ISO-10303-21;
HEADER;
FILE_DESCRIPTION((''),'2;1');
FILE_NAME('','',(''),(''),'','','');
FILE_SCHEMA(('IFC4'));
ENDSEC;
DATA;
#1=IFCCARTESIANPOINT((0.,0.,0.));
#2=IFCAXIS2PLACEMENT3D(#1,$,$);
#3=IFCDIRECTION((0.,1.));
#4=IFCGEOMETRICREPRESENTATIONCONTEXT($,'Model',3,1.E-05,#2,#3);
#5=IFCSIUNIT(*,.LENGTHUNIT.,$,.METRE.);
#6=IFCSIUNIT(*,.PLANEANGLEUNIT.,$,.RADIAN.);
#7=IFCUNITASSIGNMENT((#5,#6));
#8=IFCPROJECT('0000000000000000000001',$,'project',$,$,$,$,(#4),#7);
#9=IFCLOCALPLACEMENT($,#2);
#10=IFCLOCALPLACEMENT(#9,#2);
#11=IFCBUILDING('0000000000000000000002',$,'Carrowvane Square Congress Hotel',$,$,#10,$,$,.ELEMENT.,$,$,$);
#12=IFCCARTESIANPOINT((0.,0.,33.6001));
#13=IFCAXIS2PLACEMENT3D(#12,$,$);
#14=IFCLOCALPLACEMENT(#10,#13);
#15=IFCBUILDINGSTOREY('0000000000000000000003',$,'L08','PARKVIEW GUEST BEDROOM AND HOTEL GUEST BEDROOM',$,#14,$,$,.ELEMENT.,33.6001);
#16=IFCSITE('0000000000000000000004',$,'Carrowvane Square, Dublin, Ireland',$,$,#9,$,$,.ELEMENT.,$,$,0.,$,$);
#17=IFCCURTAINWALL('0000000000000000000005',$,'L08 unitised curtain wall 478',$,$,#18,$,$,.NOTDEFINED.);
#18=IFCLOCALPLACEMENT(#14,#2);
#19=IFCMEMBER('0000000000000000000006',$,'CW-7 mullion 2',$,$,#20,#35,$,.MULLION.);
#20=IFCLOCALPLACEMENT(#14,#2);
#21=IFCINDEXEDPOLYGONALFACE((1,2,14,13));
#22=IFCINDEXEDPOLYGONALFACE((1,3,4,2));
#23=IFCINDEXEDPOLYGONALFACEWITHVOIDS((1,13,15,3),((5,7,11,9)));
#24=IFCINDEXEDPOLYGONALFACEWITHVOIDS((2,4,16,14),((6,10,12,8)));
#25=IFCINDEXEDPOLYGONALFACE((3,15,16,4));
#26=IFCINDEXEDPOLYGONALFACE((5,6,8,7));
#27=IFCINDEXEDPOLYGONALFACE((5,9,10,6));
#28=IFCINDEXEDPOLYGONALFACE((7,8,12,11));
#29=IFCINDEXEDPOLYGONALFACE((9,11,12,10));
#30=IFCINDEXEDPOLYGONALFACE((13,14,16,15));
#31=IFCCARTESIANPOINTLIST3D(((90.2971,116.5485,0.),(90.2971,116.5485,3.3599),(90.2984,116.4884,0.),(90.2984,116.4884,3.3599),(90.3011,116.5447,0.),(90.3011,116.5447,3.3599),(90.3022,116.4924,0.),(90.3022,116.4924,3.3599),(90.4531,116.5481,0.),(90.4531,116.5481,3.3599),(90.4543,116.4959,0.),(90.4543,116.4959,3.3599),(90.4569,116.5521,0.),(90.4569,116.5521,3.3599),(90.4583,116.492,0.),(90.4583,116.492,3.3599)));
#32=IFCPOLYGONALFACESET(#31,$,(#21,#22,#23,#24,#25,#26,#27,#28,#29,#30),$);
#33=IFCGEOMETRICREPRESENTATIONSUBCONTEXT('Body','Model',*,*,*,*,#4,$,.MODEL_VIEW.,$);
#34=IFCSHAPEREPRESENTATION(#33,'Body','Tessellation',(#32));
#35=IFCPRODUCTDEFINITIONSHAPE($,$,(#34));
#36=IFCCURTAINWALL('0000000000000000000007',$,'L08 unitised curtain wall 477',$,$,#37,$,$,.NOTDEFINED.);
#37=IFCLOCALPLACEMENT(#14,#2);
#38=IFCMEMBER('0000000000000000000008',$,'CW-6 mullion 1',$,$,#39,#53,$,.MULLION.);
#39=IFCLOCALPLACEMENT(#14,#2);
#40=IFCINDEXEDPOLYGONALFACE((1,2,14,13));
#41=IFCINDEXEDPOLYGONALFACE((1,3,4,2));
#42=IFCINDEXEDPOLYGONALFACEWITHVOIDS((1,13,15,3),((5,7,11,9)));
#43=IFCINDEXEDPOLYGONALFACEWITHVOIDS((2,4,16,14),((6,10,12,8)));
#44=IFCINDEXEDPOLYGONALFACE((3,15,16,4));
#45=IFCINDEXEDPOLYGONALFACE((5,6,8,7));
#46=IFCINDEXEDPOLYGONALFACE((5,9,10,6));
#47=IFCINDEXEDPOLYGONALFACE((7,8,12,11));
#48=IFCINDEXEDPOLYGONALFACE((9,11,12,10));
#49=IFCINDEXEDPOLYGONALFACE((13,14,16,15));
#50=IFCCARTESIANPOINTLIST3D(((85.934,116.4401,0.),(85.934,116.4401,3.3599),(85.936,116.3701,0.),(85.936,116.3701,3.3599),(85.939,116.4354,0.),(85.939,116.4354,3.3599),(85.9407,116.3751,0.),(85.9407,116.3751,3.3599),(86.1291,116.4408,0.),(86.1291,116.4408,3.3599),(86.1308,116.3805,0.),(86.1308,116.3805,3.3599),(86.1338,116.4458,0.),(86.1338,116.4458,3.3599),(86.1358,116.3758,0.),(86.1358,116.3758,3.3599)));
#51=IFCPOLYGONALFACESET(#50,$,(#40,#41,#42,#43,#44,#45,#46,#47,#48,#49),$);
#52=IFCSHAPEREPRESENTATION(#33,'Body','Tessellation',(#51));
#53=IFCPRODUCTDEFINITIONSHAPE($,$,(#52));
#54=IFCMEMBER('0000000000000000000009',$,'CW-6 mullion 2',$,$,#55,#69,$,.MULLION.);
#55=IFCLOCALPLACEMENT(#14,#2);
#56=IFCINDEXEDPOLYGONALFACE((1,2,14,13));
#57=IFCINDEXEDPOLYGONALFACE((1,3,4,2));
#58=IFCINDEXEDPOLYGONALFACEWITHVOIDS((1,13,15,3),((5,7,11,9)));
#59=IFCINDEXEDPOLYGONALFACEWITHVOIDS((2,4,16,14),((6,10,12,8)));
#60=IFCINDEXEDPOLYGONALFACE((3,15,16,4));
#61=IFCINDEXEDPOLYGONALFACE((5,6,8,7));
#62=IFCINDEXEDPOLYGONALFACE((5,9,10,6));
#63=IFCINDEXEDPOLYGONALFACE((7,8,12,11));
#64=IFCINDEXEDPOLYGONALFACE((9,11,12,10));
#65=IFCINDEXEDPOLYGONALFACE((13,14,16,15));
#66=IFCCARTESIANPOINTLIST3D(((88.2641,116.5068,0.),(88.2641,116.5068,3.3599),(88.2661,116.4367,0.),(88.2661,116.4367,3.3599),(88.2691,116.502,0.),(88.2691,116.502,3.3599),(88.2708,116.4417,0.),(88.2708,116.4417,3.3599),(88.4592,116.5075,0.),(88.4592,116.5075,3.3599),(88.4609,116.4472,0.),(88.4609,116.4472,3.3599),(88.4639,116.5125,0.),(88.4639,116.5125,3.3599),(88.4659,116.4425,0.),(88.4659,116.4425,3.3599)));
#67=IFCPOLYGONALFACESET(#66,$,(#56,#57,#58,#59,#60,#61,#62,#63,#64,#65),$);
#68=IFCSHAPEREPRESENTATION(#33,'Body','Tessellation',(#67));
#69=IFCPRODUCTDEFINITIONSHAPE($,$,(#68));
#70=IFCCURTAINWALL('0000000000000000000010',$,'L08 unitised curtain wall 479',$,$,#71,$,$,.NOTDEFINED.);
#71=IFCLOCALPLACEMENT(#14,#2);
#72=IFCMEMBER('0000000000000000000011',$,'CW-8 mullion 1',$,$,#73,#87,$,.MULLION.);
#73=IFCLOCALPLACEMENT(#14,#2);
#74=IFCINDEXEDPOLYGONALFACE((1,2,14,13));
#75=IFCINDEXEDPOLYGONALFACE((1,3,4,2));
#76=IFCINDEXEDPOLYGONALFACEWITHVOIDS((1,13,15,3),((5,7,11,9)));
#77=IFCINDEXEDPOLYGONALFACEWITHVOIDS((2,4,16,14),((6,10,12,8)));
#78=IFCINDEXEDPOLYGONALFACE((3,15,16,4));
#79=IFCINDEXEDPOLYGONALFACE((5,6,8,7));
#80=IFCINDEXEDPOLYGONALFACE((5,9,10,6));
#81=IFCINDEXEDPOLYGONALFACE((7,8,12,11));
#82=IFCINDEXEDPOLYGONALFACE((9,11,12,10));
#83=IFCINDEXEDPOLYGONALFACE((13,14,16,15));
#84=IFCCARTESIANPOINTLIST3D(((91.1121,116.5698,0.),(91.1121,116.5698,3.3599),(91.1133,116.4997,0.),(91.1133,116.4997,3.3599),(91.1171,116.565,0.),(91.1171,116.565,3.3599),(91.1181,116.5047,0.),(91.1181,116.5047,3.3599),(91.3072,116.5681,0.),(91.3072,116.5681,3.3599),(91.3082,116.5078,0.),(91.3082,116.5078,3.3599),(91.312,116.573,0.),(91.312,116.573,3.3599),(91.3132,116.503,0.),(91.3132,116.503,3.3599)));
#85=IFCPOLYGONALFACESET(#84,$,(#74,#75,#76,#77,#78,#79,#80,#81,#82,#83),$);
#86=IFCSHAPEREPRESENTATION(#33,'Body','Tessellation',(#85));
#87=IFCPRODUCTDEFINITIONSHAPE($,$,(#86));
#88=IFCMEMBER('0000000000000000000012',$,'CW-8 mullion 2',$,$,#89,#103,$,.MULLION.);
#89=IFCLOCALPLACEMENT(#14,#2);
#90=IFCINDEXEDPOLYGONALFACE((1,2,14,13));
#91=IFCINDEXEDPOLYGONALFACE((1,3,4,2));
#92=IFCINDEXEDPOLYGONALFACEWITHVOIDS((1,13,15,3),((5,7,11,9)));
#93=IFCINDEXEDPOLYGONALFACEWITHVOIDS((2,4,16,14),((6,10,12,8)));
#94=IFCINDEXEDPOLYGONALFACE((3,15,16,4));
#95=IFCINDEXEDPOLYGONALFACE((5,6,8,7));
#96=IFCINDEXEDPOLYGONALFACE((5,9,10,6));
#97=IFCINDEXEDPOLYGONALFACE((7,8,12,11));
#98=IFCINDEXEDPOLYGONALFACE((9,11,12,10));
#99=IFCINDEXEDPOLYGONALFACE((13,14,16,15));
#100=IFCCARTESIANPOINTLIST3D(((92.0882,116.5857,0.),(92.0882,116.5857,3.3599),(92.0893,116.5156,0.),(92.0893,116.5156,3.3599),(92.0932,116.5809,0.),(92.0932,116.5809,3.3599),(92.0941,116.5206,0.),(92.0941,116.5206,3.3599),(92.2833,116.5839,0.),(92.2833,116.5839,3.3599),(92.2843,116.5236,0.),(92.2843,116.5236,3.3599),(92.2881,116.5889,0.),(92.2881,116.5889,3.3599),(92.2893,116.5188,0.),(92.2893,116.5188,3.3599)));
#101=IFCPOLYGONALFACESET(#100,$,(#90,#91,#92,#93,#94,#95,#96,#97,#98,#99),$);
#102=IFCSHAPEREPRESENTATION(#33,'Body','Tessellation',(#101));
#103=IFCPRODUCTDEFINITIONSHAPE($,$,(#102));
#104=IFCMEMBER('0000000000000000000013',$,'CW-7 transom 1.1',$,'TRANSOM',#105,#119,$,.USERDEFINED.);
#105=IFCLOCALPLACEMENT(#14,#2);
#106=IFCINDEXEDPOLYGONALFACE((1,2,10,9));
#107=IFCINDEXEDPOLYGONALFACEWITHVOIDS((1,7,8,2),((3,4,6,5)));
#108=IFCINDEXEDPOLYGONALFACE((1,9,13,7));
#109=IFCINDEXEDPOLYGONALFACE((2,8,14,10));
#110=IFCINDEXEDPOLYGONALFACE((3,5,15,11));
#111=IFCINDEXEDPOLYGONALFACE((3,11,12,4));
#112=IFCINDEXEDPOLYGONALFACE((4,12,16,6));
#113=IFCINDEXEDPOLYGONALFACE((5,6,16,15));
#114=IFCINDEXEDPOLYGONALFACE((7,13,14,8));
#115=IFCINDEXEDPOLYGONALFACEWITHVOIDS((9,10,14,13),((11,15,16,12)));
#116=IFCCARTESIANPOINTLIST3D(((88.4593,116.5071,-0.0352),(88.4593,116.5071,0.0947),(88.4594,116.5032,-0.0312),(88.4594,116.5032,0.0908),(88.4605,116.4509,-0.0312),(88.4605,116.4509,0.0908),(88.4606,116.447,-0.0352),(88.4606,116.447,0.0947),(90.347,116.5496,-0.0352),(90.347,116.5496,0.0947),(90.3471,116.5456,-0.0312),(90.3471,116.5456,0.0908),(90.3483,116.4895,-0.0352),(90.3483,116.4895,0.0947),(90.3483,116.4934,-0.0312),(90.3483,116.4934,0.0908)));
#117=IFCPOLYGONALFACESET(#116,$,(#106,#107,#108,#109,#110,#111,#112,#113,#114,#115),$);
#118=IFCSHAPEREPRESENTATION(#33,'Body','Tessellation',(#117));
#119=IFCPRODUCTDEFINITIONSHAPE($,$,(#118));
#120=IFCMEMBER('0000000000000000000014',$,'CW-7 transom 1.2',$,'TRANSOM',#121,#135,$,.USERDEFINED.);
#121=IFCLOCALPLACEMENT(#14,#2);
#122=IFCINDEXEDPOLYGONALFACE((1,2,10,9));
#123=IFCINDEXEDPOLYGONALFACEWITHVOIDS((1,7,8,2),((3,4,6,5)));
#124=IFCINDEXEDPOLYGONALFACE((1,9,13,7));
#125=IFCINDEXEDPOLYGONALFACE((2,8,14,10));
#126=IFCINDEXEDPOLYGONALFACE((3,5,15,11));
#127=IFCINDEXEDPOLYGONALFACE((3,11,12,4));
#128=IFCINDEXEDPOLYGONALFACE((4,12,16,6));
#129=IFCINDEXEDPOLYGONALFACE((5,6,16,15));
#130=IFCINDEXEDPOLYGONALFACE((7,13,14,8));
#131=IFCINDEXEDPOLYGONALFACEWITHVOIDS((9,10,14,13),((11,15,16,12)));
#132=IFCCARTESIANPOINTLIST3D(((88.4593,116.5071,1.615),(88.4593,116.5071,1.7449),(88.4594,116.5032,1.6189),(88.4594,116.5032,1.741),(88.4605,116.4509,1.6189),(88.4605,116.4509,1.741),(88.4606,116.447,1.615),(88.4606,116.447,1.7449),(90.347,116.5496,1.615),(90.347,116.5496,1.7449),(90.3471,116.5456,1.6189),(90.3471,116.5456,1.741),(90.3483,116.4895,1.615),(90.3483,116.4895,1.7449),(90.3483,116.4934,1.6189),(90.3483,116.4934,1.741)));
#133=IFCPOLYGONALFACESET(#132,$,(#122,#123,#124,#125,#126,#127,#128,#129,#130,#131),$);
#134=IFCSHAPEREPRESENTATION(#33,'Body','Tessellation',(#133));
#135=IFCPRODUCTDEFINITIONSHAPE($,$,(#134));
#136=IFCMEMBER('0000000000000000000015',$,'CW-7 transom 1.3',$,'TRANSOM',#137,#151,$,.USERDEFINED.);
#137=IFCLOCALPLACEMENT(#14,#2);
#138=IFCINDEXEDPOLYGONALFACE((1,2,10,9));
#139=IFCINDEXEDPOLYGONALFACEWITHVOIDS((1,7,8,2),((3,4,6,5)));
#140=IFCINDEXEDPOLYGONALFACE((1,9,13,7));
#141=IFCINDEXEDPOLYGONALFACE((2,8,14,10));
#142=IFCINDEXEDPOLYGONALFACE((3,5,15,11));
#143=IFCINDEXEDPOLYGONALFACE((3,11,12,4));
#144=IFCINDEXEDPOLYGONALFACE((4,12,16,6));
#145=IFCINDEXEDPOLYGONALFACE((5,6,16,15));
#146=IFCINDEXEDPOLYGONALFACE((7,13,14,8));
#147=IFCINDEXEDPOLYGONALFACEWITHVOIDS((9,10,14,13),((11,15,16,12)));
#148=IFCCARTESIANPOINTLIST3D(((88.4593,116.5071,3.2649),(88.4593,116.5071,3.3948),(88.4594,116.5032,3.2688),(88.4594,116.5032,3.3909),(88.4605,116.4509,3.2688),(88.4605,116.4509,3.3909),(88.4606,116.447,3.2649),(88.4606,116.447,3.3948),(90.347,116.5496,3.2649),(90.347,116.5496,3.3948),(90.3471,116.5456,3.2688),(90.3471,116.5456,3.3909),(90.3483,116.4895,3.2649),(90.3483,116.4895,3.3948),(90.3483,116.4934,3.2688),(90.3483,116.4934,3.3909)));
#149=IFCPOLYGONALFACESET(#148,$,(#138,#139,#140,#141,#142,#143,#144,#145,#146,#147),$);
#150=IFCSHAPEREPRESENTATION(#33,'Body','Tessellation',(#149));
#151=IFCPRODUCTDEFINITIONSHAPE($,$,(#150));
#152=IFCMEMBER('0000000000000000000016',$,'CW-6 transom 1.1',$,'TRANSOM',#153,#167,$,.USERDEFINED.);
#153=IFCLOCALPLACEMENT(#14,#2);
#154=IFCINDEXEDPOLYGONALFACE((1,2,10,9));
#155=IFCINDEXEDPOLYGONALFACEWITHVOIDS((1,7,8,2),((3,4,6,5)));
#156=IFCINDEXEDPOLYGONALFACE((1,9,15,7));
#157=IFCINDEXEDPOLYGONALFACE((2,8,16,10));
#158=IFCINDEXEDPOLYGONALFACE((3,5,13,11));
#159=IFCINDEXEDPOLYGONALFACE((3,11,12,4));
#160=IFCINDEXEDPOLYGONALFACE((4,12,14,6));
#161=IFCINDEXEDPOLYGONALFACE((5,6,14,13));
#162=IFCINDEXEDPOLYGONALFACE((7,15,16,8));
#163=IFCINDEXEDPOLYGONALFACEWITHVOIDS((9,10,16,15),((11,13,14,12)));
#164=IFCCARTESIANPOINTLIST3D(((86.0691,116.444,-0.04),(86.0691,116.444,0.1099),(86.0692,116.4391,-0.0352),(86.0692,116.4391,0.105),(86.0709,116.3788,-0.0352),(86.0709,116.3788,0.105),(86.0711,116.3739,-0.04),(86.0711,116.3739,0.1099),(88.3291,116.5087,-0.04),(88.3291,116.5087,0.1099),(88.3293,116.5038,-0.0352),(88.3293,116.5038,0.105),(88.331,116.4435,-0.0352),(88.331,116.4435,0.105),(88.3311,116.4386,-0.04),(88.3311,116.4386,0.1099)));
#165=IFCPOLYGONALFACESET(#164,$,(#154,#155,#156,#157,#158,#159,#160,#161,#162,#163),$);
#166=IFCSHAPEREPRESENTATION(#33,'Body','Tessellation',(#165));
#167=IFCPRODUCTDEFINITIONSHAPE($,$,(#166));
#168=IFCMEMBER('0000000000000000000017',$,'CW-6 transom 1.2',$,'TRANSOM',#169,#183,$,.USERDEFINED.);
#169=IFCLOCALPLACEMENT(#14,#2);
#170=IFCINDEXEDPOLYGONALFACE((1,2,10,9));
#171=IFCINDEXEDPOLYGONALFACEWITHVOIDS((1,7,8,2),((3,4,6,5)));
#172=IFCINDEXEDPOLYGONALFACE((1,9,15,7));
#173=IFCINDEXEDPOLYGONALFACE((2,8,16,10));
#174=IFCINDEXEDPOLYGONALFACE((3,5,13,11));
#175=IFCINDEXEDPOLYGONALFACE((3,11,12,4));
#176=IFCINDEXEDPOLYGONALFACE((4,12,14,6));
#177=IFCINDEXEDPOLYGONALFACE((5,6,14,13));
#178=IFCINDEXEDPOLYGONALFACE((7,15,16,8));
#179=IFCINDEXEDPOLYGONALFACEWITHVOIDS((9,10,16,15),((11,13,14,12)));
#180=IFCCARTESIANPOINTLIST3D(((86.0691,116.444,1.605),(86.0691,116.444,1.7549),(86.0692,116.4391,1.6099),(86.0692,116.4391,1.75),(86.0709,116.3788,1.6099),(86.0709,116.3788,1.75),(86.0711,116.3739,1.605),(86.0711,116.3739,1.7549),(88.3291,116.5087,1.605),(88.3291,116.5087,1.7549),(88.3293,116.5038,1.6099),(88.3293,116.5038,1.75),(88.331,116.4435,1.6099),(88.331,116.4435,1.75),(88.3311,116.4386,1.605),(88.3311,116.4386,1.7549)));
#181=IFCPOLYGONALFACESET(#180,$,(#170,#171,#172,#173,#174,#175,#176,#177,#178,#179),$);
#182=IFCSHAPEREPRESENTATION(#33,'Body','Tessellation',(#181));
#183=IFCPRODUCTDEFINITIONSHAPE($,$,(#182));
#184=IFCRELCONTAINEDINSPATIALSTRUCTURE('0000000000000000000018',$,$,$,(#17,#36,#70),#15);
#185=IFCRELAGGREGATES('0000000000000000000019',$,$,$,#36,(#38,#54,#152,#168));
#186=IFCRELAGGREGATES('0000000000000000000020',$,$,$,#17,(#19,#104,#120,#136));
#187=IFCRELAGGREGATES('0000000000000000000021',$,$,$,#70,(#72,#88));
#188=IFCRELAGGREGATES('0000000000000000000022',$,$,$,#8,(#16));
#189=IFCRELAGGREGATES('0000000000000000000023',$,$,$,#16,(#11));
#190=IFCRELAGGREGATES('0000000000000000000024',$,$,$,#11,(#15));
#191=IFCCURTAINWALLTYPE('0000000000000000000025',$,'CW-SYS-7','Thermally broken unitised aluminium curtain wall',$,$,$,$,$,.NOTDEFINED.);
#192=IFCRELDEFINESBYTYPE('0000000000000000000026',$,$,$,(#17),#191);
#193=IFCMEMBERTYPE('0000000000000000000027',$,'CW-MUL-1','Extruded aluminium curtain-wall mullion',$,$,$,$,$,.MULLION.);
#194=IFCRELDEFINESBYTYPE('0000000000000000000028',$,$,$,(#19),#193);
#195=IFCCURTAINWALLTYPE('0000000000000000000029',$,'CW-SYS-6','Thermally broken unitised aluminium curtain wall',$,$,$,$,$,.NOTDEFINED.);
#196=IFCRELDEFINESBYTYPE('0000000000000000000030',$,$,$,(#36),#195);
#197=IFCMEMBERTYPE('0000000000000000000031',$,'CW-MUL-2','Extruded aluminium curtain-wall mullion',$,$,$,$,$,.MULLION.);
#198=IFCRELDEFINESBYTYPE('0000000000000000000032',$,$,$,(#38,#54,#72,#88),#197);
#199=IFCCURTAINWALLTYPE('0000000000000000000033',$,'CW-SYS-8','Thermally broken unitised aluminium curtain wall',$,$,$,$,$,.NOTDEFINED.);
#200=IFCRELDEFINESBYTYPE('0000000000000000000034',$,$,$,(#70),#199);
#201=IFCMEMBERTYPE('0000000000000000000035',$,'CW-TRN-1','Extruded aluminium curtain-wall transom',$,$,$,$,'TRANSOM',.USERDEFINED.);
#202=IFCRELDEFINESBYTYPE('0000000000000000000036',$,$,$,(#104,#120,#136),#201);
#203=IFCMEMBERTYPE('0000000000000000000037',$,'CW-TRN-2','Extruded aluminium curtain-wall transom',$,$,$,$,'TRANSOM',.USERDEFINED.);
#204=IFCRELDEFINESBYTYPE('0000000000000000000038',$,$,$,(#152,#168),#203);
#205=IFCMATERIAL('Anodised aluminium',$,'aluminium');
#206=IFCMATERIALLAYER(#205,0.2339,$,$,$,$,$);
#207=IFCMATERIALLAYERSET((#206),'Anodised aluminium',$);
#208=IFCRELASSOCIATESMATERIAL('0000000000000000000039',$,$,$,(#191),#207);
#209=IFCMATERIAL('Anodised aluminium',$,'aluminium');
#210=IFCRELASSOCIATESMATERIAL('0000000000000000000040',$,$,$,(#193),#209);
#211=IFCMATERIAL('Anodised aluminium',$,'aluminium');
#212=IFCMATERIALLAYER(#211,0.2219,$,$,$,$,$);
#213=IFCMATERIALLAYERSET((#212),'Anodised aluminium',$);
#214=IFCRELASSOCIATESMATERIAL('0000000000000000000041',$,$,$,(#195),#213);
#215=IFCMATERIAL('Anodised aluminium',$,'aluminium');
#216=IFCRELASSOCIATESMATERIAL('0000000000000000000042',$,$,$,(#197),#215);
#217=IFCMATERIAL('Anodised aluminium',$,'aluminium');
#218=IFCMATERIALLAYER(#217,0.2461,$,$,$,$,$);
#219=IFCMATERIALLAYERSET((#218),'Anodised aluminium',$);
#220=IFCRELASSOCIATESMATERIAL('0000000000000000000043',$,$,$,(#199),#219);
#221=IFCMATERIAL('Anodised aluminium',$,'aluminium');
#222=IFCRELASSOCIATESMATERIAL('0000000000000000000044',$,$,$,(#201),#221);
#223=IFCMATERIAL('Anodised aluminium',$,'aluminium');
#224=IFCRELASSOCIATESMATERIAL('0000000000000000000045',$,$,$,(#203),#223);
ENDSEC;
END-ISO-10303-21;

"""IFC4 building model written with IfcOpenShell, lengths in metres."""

from ifc_helpers import new_model, si_unit, direction, frame, origin, origin_2d, place, context, subcontext, project, spatial, hollow_rectangle, extrude, material, layer, layer_set, material_profile, profile_set, type_object, element, aggregate, save


model = new_model("IFC4")

# Units and contexts
model_context = context("Model", 3, precision=1e-05, world=origin(), true_north=direction((0.0, 1.0)))
body_context = subcontext(model_context, "Body", "Model", "MODEL_VIEW")
ifc_project = project(units=[si_unit("LENGTHUNIT", "METRE"), si_unit("PLANEANGLEUNIT", "RADIAN")], contexts=[model_context])

# Site, building, storey
site_placement = place(None, origin())
site = spatial("IfcSite", under=ifc_project, at=site_placement, Name="Carrowvane Square, Dublin, Ireland", CompositionType="ELEMENT", RefElevation=0.0)
building_placement = place(site_placement, origin())
building = spatial("IfcBuilding", under=site, at=building_placement, Name="Carrowvane Square Congress Hotel", CompositionType="ELEMENT")
storey_placement = place(building_placement, frame((0.0, 0.0, 33.6001)))
storey = spatial("IfcBuildingStorey", under=building, at=storey_placement, Name="L08", Description="PARKVIEW GUEST BEDROOM AND HOTEL GUEST BEDROOM", CompositionType="ELEMENT", Elevation=33.6001)

# Curtain walls, members
ifc_material_1 = material(Name="Anodised aluminium", Category="aluminium")
ifc_layer_1 = layer(ifc_material_1, 0.2339)
ifc_layer_set_1 = layer_set([ifc_layer_1], Name="Anodised aluminium")
curtain_wall_type_1 = type_object("IfcCurtainWallType", Name="CW-SYS-7", Description="Thermally broken unitised aluminium curtain wall", PredefinedType="NOTDEFINED", material=ifc_layer_set_1)
curtain_wall_1_placement = place(storey_placement, origin())
curtain_wall_1 = element("IfcCurtainWall", 1, at=curtain_wall_1_placement, inside=storey, type_object=curtain_wall_type_1, Name="L08 unitised curtain wall 478", PredefinedType="NOTDEFINED")
ifc_material_2 = material(Name="Anodised aluminium", Category="aluminium")
ifc_material_profile_1 = material_profile(ifc_material_2, hollow_rectangle(XDim=0.0601, YDim=0.1599, WallThickness=0.0039, at=origin_2d()), Name="CW-ML 60x160x4")
ifc_profile_set_1 = profile_set([ifc_material_profile_1], Name="Anodised aluminium")
member_type_1 = type_object("IfcMemberType", Name="CW-MUL-1", Description="Extruded aluminium curtain-wall mullion", PredefinedType="MULLION", material=ifc_profile_set_1)
member_1_placement = place(storey_placement, frame((90.3777, 116.5203, 0.0), z_axis=(0.0, 0.0, 1.0), x_axis=(-0.022518, 0.999746, 0.0)))
member_1 = element("IfcMember", 2, at=member_1_placement, type_object=member_type_1, Name="CW-7 mullion 2", PredefinedType="MULLION", context=body_context, shape_type="SweptSolid", body=[
    extrude(hollow_rectangle(XDim=0.0601, YDim=0.1599, WallThickness=0.0039, at=origin_2d()), origin(), (0.0, 0.0, 1.0), 3.3599),
])
ifc_material_3 = material(Name="Anodised aluminium", Category="aluminium")
ifc_layer_2 = layer(ifc_material_3, 0.2219)
ifc_layer_set_2 = layer_set([ifc_layer_2], Name="Anodised aluminium")
curtain_wall_type_2 = type_object("IfcCurtainWallType", Name="CW-SYS-6", Description="Thermally broken unitised aluminium curtain wall", PredefinedType="NOTDEFINED", material=ifc_layer_set_2)
curtain_wall_2_placement = place(storey_placement, origin())
curtain_wall_2 = element("IfcCurtainWall", 3, at=curtain_wall_2_placement, inside=storey, type_object=curtain_wall_type_2, Name="L08 unitised curtain wall 477", PredefinedType="NOTDEFINED")
ifc_material_4 = material(Name="Anodised aluminium", Category="aluminium")
ifc_material_profile_2 = material_profile(ifc_material_4, hollow_rectangle(XDim=0.0701, YDim=0.2, WallThickness=0.0049, at=origin_2d()), Name="CW-ML 70x200x5")
ifc_profile_set_2 = profile_set([ifc_material_profile_2], Name="Anodised aluminium")
member_type_2 = type_object("IfcMemberType", Name="CW-MUL-2", Description="Extruded aluminium curtain-wall mullion", PredefinedType="MULLION", material=ifc_profile_set_2)
member_2_placement = place(storey_placement, frame((86.0349, 116.408, 0.0), z_axis=(0.0, 0.0, 1.0), x_axis=(-0.028638, 0.99959, 0.0)))
member_2 = element("IfcMember", 4, at=member_2_placement, type_object=member_type_2, Name="CW-6 mullion 1", PredefinedType="MULLION", context=body_context, shape_type="SweptSolid", body=[
    extrude(hollow_rectangle(XDim=0.0701, YDim=0.2, WallThickness=0.0049, at=origin_2d()), origin(), (0.0, 0.0, 1.0), 3.3599),
])
member_3_placement = place(storey_placement, frame((88.365, 116.4746, 0.0), z_axis=(0.0, 0.0, 1.0), x_axis=(-0.028638, 0.99959, 0.0)))
member_3 = element("IfcMember", 5, at=member_3_placement, type_object=member_type_2, Name="CW-6 mullion 2", PredefinedType="MULLION", context=body_context, shape_type="SweptSolid", body=[
    extrude(hollow_rectangle(XDim=0.0701, YDim=0.2, WallThickness=0.0049, at=origin_2d()), origin(), (0.0, 0.0, 1.0), 3.3599),
])
ifc_material_5 = material(Name="Anodised aluminium", Category="aluminium")
ifc_layer_3 = layer(ifc_material_5, 0.2461)
ifc_layer_set_3 = layer_set([ifc_layer_3], Name="Anodised aluminium")
curtain_wall_type_3 = type_object("IfcCurtainWallType", Name="CW-SYS-8", Description="Thermally broken unitised aluminium curtain wall", PredefinedType="NOTDEFINED", material=ifc_layer_set_3)
curtain_wall_3_placement = place(storey_placement, origin())
curtain_wall_3 = element("IfcCurtainWall", 6, at=curtain_wall_3_placement, inside=storey, type_object=curtain_wall_type_3, Name="L08 unitised curtain wall 479", PredefinedType="NOTDEFINED")
member_4_placement = place(storey_placement, frame((91.2126, 116.5364, 0.0), z_axis=(0.0, 0.0, 1.0), x_axis=(-0.016216, 0.999869, 0.0)))
member_4 = element("IfcMember", 7, at=member_4_placement, type_object=member_type_2, Name="CW-8 mullion 1", PredefinedType="MULLION", context=body_context, shape_type="SweptSolid", body=[
    extrude(hollow_rectangle(XDim=0.0701, YDim=0.2, WallThickness=0.0049, at=origin_2d()), origin(), (0.0, 0.0, 1.0), 3.3599),
])
member_5_placement = place(storey_placement, frame((92.1887, 116.5522, 0.0), z_axis=(0.0, 0.0, 1.0), x_axis=(-0.016216, 0.999869, 0.0)))
member_5 = element("IfcMember", 8, at=member_5_placement, type_object=member_type_2, Name="CW-8 mullion 2", PredefinedType="MULLION", context=body_context, shape_type="SweptSolid", body=[
    extrude(hollow_rectangle(XDim=0.0701, YDim=0.2, WallThickness=0.0049, at=origin_2d()), origin(), (0.0, 0.0, 1.0), 3.3599),
])

# Members
ifc_material_6 = material(Name="Anodised aluminium", Category="aluminium")
ifc_material_profile_3 = material_profile(ifc_material_6, hollow_rectangle(XDim=0.0601, YDim=0.1299, WallThickness=0.0039, at=origin_2d()), Name="CW-TR 60x130x4")
ifc_profile_set_3 = profile_set([ifc_material_profile_3], Name="Anodised aluminium")
member_type_3 = type_object("IfcMemberType", Name="CW-TRN-1", Description="Extruded aluminium curtain-wall transom", ElementType="TRANSOM", PredefinedType="USERDEFINED", material=ifc_profile_set_3)
member_6_placement = place(storey_placement, frame((88.46, 116.4771, 0.0298), z_axis=(0.999747, 0.022498, 0.0), x_axis=(-0.022498, 0.999747, 0.0)))
member_6 = element("IfcMember", 9, at=member_6_placement, type_object=member_type_3, Name="CW-7 transom 1.1", ObjectType="TRANSOM", PredefinedType="USERDEFINED", context=body_context, shape_type="SweptSolid", body=[
    extrude(hollow_rectangle(XDim=0.0601, YDim=0.1299, WallThickness=0.0039, at=origin_2d()), origin(), (0.0, 0.0, 1.0), 1.8882),
])
member_7_placement = place(storey_placement, frame((88.46, 116.4771, 1.6799), z_axis=(0.999747, 0.022498, 0.0), x_axis=(-0.022498, 0.999747, 0.0)))
member_7 = element("IfcMember", 10, at=member_7_placement, type_object=member_type_3, Name="CW-7 transom 1.2", ObjectType="TRANSOM", PredefinedType="USERDEFINED", context=body_context, shape_type="SweptSolid", body=[
    extrude(hollow_rectangle(XDim=0.0601, YDim=0.1299, WallThickness=0.0039, at=origin_2d()), origin(), (0.0, 0.0, 1.0), 1.8882),
])
member_8_placement = place(storey_placement, frame((88.46, 116.4771, 3.3298), z_axis=(0.999747, 0.022498, 0.0), x_axis=(-0.022498, 0.999747, 0.0)))
member_8 = element("IfcMember", 11, at=member_8_placement, type_object=member_type_3, Name="CW-7 transom 1.3", ObjectType="TRANSOM", PredefinedType="USERDEFINED", context=body_context, shape_type="SweptSolid", body=[
    extrude(hollow_rectangle(XDim=0.0601, YDim=0.1299, WallThickness=0.0039, at=origin_2d()), origin(), (0.0, 0.0, 1.0), 1.8882),
])
ifc_material_7 = material(Name="Anodised aluminium", Category="aluminium")
ifc_material_profile_4 = material_profile(ifc_material_7, hollow_rectangle(XDim=0.0701, YDim=0.1499, WallThickness=0.0049, at=origin_2d()), Name="CW-TR 70x150x5")
ifc_profile_set_4 = profile_set([ifc_material_profile_4], Name="Anodised aluminium")
member_type_4 = type_object("IfcMemberType", Name="CW-TRN-2", Description="Extruded aluminium curtain-wall transom", ElementType="TRANSOM", PredefinedType="USERDEFINED", material=ifc_profile_set_4)
member_9_placement = place(storey_placement, frame((86.0701, 116.4089, 0.0349), z_axis=(0.99959, 0.028615, 0.0), x_axis=(-0.028615, 0.99959, 0.0)))
member_9 = element("IfcMember", 12, at=member_9_placement, type_object=member_type_4, Name="CW-6 transom 1.1", ObjectType="TRANSOM", PredefinedType="USERDEFINED", context=body_context, shape_type="SweptSolid", body=[
    extrude(hollow_rectangle(XDim=0.0701, YDim=0.1499, WallThickness=0.0049, at=origin_2d()), origin(), (0.0, 0.0, 1.0), 2.261),
])
member_10_placement = place(storey_placement, frame((86.0701, 116.4089, 1.6799), z_axis=(0.99959, 0.028615, 0.0), x_axis=(-0.028615, 0.99959, 0.0)))
member_10 = element("IfcMember", 13, at=member_10_placement, type_object=member_type_4, Name="CW-6 transom 1.2", ObjectType="TRANSOM", PredefinedType="USERDEFINED", context=body_context, shape_type="SweptSolid", body=[
    extrude(hollow_rectangle(XDim=0.0701, YDim=0.1499, WallThickness=0.0049, at=origin_2d()), origin(), (0.0, 0.0, 1.0), 2.261),
])

aggregate(curtain_wall_2, [member_2, member_3, member_9, member_10])
aggregate(curtain_wall_1, [member_1, member_6, member_7, member_8])
aggregate(curtain_wall_3, [member_4, member_5])

save(model, "model.ifc")
